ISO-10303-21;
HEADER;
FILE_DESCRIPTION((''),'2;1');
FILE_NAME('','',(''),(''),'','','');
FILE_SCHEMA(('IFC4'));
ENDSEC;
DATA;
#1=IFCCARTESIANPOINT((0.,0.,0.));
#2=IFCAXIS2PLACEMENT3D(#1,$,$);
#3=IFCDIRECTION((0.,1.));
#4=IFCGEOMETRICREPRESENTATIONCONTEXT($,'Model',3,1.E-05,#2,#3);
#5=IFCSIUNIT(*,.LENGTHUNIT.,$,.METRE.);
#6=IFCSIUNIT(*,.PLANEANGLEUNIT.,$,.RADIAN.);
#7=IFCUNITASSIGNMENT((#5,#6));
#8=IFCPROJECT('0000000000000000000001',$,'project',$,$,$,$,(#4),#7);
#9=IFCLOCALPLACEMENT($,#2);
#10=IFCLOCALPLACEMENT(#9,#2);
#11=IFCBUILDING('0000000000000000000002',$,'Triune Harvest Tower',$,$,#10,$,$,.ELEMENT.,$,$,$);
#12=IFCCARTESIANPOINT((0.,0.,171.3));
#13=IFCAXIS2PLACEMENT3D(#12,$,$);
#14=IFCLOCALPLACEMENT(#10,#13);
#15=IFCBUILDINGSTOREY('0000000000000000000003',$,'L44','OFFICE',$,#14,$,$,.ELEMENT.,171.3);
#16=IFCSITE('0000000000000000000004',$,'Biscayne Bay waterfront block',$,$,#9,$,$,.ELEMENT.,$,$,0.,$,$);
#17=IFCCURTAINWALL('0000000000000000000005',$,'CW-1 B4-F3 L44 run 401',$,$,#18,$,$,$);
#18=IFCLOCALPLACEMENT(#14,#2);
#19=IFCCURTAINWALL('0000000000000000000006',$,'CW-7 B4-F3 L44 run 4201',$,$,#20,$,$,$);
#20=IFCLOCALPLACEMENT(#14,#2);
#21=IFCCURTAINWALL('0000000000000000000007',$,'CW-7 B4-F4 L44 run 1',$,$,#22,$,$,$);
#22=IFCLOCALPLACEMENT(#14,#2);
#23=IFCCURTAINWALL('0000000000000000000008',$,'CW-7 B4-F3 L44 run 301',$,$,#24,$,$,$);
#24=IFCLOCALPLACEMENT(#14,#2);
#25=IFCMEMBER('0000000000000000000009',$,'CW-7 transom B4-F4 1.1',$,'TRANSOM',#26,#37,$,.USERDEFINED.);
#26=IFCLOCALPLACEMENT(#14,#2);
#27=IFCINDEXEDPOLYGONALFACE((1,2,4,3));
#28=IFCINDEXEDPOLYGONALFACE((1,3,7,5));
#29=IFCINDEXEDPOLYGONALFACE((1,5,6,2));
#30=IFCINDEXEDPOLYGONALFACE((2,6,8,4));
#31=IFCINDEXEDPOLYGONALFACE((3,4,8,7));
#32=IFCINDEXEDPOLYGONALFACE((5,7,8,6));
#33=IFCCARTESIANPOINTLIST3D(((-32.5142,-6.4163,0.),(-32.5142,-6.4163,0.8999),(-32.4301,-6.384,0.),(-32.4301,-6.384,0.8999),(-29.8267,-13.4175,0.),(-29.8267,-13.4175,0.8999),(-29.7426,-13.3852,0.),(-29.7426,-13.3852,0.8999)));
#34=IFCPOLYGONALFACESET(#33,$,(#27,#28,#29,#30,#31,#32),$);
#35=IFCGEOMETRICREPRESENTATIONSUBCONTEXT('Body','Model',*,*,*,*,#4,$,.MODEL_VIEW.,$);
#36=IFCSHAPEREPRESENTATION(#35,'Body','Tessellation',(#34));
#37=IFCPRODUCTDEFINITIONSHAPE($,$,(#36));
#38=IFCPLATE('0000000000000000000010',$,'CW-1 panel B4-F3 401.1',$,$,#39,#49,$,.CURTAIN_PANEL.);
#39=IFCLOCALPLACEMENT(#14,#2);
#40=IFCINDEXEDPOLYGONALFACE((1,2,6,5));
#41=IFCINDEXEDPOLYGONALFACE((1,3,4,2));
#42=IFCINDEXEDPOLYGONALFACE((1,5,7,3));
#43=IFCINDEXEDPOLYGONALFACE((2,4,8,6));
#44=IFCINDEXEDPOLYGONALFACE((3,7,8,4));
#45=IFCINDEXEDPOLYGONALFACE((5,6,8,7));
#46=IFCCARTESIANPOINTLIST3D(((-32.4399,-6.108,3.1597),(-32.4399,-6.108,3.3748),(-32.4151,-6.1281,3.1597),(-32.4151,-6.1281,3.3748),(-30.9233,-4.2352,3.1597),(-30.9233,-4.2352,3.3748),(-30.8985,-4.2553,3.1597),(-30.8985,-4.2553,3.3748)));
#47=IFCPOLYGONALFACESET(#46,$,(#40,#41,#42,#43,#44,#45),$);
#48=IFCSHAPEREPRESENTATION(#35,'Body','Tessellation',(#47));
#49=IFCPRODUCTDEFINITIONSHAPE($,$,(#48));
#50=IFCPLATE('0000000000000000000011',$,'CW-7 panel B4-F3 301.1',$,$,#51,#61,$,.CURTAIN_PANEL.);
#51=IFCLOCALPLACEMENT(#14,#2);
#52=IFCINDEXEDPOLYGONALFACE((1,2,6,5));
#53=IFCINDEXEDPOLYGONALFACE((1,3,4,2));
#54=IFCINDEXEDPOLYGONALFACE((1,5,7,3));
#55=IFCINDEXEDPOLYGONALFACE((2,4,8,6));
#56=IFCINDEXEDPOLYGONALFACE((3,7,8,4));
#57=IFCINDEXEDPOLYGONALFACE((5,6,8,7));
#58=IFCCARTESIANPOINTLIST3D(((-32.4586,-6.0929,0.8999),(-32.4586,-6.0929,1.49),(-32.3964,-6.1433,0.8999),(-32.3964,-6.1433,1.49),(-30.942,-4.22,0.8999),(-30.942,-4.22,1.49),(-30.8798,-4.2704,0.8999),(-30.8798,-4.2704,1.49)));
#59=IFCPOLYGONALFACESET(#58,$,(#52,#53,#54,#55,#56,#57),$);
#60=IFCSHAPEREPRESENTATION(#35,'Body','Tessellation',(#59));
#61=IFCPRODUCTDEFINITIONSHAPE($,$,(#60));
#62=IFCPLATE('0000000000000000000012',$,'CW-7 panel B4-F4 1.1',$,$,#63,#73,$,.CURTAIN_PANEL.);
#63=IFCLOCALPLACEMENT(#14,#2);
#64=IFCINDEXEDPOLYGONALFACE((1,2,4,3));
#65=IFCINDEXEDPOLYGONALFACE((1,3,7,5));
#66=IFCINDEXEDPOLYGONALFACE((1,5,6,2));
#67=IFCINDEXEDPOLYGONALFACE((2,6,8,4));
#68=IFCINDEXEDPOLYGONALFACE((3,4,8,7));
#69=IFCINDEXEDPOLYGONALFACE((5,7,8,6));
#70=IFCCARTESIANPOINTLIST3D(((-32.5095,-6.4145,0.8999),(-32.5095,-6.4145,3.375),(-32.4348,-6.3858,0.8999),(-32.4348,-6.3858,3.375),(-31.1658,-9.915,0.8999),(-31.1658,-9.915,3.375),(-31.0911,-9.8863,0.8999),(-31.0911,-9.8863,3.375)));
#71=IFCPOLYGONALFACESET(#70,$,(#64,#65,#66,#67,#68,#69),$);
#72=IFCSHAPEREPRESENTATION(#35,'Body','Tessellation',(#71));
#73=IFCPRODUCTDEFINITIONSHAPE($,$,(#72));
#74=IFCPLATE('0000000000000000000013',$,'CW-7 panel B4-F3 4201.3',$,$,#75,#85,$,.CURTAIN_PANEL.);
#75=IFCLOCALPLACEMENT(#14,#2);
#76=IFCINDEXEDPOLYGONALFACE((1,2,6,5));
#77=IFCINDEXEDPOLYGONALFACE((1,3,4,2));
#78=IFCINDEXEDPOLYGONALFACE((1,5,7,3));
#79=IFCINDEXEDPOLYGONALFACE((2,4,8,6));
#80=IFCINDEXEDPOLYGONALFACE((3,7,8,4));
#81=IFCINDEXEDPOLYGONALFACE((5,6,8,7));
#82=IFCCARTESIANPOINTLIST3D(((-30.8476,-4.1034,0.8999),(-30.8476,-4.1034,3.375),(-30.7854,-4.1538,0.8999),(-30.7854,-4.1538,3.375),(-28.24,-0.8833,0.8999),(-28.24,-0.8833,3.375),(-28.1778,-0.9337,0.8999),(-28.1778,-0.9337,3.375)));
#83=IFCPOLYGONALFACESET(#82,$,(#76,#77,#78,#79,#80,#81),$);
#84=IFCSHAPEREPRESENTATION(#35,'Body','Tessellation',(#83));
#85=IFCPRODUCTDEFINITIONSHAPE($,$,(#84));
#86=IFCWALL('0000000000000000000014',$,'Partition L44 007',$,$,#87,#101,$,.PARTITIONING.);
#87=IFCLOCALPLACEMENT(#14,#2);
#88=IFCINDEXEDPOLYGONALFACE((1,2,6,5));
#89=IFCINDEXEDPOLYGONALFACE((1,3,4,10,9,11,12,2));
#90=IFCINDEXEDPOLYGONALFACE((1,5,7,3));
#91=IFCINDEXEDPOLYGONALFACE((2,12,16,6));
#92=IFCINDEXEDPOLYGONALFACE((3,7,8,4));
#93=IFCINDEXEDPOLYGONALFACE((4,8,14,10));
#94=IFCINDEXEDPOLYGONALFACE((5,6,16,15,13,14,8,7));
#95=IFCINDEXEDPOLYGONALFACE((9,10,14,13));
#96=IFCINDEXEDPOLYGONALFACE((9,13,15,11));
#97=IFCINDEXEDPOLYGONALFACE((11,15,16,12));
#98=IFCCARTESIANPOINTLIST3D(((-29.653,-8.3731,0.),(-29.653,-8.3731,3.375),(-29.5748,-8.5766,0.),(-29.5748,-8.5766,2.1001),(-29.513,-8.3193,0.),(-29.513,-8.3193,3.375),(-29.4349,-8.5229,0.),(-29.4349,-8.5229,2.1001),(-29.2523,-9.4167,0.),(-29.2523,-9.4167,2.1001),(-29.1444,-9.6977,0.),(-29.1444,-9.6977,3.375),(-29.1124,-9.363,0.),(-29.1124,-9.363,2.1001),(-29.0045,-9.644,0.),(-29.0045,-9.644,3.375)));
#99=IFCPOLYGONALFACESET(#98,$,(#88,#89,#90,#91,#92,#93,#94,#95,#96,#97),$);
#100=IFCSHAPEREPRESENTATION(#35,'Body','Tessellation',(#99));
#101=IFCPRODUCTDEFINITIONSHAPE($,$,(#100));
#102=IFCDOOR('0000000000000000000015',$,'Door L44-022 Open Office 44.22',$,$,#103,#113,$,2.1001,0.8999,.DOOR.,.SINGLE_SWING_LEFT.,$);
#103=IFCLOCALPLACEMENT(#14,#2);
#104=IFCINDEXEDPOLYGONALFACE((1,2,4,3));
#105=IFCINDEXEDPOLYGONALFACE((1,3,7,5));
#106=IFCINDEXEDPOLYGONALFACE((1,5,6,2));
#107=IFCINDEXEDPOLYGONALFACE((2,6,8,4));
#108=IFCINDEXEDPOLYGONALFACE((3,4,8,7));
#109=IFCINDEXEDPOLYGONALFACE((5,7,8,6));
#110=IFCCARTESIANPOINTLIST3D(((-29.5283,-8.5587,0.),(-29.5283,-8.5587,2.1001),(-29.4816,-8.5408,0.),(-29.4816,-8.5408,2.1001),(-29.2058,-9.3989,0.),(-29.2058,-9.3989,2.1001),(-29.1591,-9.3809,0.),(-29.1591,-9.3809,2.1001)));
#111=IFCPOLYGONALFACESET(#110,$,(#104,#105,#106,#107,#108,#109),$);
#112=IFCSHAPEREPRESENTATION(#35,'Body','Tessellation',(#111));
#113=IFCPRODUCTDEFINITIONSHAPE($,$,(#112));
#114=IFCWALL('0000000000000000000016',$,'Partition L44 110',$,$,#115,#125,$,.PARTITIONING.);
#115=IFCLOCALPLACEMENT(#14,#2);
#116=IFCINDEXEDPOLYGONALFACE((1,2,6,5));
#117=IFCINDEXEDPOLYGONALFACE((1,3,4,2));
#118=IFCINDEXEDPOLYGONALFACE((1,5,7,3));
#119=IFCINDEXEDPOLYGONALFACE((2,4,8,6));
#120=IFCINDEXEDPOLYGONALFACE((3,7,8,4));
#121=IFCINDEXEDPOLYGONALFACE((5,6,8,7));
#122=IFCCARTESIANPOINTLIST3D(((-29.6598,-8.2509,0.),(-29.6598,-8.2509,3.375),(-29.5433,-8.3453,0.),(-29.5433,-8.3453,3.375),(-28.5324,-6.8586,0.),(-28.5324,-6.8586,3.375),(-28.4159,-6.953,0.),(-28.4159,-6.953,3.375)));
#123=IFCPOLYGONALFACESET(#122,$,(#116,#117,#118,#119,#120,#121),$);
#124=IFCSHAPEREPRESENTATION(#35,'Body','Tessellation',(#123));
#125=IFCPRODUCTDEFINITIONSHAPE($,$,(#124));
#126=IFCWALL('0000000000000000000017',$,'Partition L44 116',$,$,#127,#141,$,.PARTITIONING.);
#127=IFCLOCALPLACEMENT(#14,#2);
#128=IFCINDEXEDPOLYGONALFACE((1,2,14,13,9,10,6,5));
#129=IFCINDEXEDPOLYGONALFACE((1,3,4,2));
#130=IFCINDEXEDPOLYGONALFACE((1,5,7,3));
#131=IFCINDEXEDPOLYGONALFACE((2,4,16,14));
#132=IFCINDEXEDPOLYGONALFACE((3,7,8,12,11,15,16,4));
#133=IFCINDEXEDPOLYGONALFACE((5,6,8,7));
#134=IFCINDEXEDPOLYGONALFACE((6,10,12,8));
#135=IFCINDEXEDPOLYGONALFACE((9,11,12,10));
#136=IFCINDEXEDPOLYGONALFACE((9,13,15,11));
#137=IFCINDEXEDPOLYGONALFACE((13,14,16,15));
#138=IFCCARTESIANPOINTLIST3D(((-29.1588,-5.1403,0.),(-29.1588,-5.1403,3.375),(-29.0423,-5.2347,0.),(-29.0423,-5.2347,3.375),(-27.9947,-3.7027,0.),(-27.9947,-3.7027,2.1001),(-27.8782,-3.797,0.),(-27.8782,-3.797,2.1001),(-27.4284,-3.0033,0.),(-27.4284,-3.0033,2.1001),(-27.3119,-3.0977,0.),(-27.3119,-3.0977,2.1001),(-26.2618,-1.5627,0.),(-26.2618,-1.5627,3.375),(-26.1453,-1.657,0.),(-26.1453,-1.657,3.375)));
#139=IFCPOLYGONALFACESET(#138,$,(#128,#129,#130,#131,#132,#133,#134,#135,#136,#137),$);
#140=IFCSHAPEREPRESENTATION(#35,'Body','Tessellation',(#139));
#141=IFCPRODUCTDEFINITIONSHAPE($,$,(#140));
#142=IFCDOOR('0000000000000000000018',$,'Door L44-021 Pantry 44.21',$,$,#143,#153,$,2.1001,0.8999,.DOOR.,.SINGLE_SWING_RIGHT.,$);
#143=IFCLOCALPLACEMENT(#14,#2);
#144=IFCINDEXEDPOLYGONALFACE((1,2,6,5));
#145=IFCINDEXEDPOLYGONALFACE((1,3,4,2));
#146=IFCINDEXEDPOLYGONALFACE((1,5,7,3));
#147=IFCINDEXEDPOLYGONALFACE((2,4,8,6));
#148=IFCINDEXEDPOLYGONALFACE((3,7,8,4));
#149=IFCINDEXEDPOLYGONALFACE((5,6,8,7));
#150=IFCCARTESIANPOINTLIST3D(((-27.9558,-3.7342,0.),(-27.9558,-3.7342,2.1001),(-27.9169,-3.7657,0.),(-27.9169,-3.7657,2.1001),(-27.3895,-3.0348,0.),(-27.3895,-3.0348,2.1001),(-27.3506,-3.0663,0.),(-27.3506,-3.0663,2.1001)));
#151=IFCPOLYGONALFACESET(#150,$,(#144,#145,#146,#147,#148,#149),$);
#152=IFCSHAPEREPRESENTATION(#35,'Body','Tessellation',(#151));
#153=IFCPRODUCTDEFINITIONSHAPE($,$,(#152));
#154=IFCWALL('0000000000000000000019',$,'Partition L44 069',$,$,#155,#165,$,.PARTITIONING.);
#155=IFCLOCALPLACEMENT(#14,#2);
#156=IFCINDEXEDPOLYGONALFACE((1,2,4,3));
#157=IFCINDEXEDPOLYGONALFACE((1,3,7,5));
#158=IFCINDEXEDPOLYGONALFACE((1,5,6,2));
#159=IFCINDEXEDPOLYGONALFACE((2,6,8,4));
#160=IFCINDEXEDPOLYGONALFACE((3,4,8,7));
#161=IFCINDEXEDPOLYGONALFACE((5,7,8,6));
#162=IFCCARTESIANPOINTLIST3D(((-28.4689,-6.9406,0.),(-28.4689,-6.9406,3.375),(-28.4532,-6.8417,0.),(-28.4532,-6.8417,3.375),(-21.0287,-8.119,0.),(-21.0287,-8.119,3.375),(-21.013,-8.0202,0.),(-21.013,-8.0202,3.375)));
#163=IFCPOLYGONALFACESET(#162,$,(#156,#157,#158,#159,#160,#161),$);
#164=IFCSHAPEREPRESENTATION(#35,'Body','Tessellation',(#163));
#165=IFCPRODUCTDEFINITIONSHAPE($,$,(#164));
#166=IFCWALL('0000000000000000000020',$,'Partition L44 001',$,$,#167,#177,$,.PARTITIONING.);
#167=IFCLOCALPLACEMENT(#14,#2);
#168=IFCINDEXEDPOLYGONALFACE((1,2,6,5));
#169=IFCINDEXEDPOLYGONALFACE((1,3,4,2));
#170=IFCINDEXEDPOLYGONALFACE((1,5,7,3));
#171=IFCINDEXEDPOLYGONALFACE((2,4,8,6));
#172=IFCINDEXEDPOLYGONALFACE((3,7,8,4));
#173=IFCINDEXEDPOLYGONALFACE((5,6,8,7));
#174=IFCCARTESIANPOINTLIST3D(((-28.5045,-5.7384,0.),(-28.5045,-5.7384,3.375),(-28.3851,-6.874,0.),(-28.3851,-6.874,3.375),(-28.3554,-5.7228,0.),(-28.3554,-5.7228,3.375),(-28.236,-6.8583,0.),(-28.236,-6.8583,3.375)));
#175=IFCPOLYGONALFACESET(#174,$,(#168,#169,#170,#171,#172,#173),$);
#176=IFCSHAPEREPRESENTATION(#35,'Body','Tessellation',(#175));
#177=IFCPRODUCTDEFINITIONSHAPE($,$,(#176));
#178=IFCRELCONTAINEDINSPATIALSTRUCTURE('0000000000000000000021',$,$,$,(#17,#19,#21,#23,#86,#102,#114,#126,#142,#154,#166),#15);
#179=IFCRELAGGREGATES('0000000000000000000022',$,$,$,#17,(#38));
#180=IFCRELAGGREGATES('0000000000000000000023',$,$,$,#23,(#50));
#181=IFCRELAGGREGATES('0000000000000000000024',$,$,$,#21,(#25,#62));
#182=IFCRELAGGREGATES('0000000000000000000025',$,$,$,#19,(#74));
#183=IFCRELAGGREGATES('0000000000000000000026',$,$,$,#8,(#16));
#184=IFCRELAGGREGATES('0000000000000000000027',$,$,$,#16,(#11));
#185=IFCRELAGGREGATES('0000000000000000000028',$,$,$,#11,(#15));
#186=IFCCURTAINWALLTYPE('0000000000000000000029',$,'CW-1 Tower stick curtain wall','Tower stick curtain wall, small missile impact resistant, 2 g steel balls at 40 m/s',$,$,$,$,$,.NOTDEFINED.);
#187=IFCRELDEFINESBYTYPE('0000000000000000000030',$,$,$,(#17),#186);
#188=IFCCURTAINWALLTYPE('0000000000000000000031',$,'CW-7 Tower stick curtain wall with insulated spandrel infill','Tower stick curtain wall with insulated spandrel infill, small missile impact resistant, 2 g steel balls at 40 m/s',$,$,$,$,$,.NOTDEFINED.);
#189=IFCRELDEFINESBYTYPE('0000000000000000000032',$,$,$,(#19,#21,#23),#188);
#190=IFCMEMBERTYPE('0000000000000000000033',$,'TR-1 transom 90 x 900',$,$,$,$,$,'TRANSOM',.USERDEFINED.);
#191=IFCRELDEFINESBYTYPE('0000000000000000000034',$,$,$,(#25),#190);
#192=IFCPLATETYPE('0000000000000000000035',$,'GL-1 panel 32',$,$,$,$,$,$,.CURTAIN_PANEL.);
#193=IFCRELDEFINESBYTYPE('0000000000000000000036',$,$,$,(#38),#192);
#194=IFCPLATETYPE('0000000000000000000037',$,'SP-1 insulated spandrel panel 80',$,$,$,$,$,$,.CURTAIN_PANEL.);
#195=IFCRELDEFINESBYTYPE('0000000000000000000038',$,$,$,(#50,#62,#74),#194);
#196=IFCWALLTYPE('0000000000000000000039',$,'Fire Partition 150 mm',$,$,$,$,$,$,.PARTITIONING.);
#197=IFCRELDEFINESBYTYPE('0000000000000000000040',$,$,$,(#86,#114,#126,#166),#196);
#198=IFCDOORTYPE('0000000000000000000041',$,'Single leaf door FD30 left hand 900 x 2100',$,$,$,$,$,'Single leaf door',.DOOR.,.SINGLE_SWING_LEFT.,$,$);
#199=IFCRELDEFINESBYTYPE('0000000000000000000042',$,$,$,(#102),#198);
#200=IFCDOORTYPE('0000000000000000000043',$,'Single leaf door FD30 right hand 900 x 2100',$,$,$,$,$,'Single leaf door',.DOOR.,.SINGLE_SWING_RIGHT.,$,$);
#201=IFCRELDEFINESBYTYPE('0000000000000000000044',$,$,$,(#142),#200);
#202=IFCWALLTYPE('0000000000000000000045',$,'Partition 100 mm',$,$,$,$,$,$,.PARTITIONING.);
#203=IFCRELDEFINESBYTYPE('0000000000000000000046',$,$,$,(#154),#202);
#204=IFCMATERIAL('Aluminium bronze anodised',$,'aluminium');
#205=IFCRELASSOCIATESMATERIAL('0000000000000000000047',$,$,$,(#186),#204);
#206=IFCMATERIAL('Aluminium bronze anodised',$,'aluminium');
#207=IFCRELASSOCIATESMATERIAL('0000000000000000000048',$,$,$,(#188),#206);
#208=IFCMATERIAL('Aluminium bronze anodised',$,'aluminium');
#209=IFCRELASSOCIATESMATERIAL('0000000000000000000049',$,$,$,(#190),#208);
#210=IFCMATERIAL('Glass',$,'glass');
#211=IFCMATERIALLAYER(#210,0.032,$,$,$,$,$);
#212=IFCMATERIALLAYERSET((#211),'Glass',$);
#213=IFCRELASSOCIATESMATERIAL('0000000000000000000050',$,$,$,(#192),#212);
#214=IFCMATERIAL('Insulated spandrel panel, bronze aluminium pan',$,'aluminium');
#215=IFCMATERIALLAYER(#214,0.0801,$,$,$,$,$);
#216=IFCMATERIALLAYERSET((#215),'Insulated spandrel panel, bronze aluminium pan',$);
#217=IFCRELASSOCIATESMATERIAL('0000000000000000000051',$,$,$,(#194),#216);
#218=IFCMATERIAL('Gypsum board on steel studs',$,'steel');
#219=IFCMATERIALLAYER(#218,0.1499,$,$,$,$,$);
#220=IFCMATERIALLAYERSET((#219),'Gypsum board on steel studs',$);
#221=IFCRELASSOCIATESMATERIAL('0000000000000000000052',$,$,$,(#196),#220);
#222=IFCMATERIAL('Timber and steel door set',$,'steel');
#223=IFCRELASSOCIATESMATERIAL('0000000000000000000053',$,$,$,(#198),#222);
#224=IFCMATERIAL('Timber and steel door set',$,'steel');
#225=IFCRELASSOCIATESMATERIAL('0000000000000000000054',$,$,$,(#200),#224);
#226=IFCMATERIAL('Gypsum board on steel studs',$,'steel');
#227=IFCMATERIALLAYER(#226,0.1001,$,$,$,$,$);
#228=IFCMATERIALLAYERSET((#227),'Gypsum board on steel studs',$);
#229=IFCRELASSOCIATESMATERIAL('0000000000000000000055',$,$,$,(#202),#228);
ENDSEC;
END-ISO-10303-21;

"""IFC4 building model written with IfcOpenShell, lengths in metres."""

from ifc_helpers import new_model, si_unit, direction, frame, frame_2d, origin, origin_2d, place, context, subcontext, project, spatial, rectangle, extrude, source, transform, mapped, material, layer, layer_set, material_profile, profile_set, type_object, element, fill, aggregate, save


model = new_model("IFC4")

# Units and contexts
model_context = context("Model", 3, precision=1e-05, world=origin(), true_north=direction((0.0, 1.0)))
body_context = subcontext(model_context, "Body", "Model", "MODEL_VIEW")
ifc_project = project(units=[si_unit("LENGTHUNIT", "METRE"), si_unit("PLANEANGLEUNIT", "RADIAN")], contexts=[model_context])

# Site, building, storey
site_placement = place(None, origin())
site = spatial("IfcSite", under=ifc_project, at=site_placement, Name="Biscayne Bay waterfront block", CompositionType="ELEMENT", RefElevation=0.0)
building_placement = place(site_placement, origin())
building = spatial("IfcBuilding", under=site, at=building_placement, Name="Triune Harvest Tower", CompositionType="ELEMENT")
storey_placement = place(building_placement, frame((0.0, 0.0, 171.3)))
storey = spatial("IfcBuildingStorey", under=building, at=storey_placement, Name="L44", Description="OFFICE", CompositionType="ELEMENT", Elevation=171.3)

# Curtain walls
ifc_material_1 = material(Name="Aluminium bronze anodised", Category="aluminium")
curtain_wall_type_1 = type_object("IfcCurtainWallType", Name="CW-1 Tower stick curtain wall", Description="Tower stick curtain wall, small missile impact resistant, 2 g steel balls at 40 m/s", PredefinedType="NOTDEFINED", material=ifc_material_1)
curtain_wall_1_placement = place(storey_placement, origin())
curtain_wall_1 = element("IfcCurtainWall", 1, at=curtain_wall_1_placement, inside=storey, type_object=curtain_wall_type_1, Name="CW-1 B4-F3 L44 run 401")
ifc_material_2 = material(Name="Aluminium bronze anodised", Category="aluminium")
curtain_wall_type_2 = type_object("IfcCurtainWallType", Name="CW-7 Tower stick curtain wall with insulated spandrel infill", Description="Tower stick curtain wall with insulated spandrel infill, small missile impact resistant, 2 g steel balls at 40 m/s", PredefinedType="NOTDEFINED", material=ifc_material_2)
curtain_wall_2_placement = place(storey_placement, origin())
curtain_wall_2 = element("IfcCurtainWall", 2, at=curtain_wall_2_placement, inside=storey, type_object=curtain_wall_type_2, Name="CW-7 B4-F3 L44 run 4201")

# Curtain wall
curtain_wall_3_placement = place(storey_placement, origin())
curtain_wall_3 = element("IfcCurtainWall", 3, at=curtain_wall_3_placement, inside=storey, type_object=curtain_wall_type_2, Name="CW-7 B4-F4 L44 run 1")

# Curtain wall
curtain_wall_4_placement = place(storey_placement, origin())
curtain_wall_4 = element("IfcCurtainWall", 4, at=curtain_wall_4_placement, inside=storey, type_object=curtain_wall_type_2, Name="CW-7 B4-F3 L44 run 301")

# Member
ifc_material_3 = material(Name="Aluminium bronze anodised", Category="aluminium")
ifc_material_profile_1 = material_profile(ifc_material_3, rectangle(XDim=0.0901, YDim=0.8999, at=origin_2d()), Name="TR-1 transom 90 x 900")
ifc_profile_set_1 = profile_set([ifc_material_profile_1], Name="Aluminium bronze anodised")
member_type_1 = type_object("IfcMemberType", Name="TR-1 transom 90 x 900", ElementType="TRANSOM", PredefinedType="USERDEFINED", material=ifc_profile_set_1)
shared_shape_1 = source(origin(), body_context, "Body", "SweptSolid", [
    extrude(rectangle(XDim=0.0901, YDim=0.8999, at=origin_2d()), origin(), (0.0, 0.0, 1.0), 7.4993),
])
member_1_placement = place(storey_placement, frame((-32.4722, -6.4001, 0.45), z_axis=(0.358366, -0.933581, 0.0), x_axis=(0.933581, 0.358366, 0.0)))
member_1 = element("IfcMember", 5, at=member_1_placement, type_object=member_type_1, Name="CW-7 transom B4-F4 1.1", ObjectType="TRANSOM", PredefinedType="USERDEFINED", context=body_context, shape_type="MappedRepresentation", body=[
    mapped(shared_shape_1, transform((0.0, 0.0, 0.0), scale=1.0)),
])

# Plates
ifc_material_4 = material(Name="Glass", Category="glass")
ifc_layer_1 = layer(ifc_material_4, 0.032)
ifc_layer_set_1 = layer_set([ifc_layer_1], Name="Glass")
plate_type_1 = type_object("IfcPlateType", Name="GL-1 panel 32", PredefinedType="CURTAIN_PANEL", material=ifc_layer_set_1)
plate_1_placement = place(storey_placement, frame((-31.6692, -5.1816, 3.1597), z_axis=(0.0, 0.0, 1.0), x_axis=(-0.629324, -0.777143, 0.0)))
plate_1 = element("IfcPlate", 6, at=plate_1_placement, type_object=plate_type_1, Name="CW-1 panel B4-F3 401.1", PredefinedType="CURTAIN_PANEL", context=body_context, shape_type="SweptSolid", body=[
    extrude(rectangle(XDim=2.4099, YDim=0.032, at=origin_2d()), origin(), (0.0, 0.0, 1.0), 0.2151),
])
aggregate(curtain_wall_1, [plate_1])
ifc_material_5 = material(Name="Insulated spandrel panel, bronze aluminium pan", Category="aluminium")
ifc_layer_2 = layer(ifc_material_5, 0.0801)
ifc_layer_set_2 = layer_set([ifc_layer_2], Name="Insulated spandrel panel, bronze aluminium pan")
plate_type_2 = type_object("IfcPlateType", Name="SP-1 insulated spandrel panel 80", PredefinedType="CURTAIN_PANEL", material=ifc_layer_set_2)
plate_2_placement = place(storey_placement, frame((-31.6692, -5.1816, 0.8999), z_axis=(0.0, 0.0, 1.0), x_axis=(-0.629324, -0.777143, 0.0)))
plate_2 = element("IfcPlate", 7, at=plate_2_placement, type_object=plate_type_2, Name="CW-7 panel B4-F3 301.1", PredefinedType="CURTAIN_PANEL", context=body_context, shape_type="SweptSolid", body=[
    extrude(rectangle(XDim=2.4099, YDim=0.0801, at=origin_2d()), origin(), (0.0, 0.0, 1.0), 0.5901),
])
aggregate(curtain_wall_4, [plate_2])
shared_shape_2 = source(origin(), body_context, "Body", "SweptSolid", [
    extrude(rectangle(XDim=3.7495, YDim=0.0801, at=origin_2d()), origin(), (0.0, 0.0, 1.0), 2.4751),
])
plate_3_placement = place(storey_placement, frame((-31.8003, -8.1504, 0.8999), z_axis=(0.0, 0.0, 1.0), x_axis=(0.358362, -0.933583, 0.0)))
plate_3 = element("IfcPlate", 8, at=plate_3_placement, type_object=plate_type_2, Name="CW-7 panel B4-F4 1.1", PredefinedType="CURTAIN_PANEL", context=body_context, shape_type="MappedRepresentation", body=[
    mapped(shared_shape_2, transform((0.0, 0.0, 0.0), scale=1.0)),
])
aggregate(curtain_wall_3, [member_1, plate_3])
shared_shape_3 = source(origin(), body_context, "Body", "SweptSolid", [
    extrude(rectangle(XDim=4.1436, YDim=0.0801, at=origin_2d()), origin(), (0.0, 0.0, 1.0), 2.4751),
])
plate_4_placement = place(storey_placement, frame((-29.5127, -2.5186, 0.8999), z_axis=(0.0, 0.0, 1.0), x_axis=(-0.629319, -0.777147, 0.0)))
plate_4 = element("IfcPlate", 9, at=plate_4_placement, type_object=plate_type_2, Name="CW-7 panel B4-F3 4201.3", PredefinedType="CURTAIN_PANEL", context=body_context, shape_type="MappedRepresentation", body=[
    mapped(shared_shape_3, transform((0.0, 0.0, 0.0), scale=1.0)),
])
aggregate(curtain_wall_2, [plate_4])

# Wall, opening, door
ifc_material_6 = material(Name="Gypsum board on steel studs", Category="steel")
ifc_layer_3 = layer(ifc_material_6, 0.1499)
ifc_layer_set_3 = layer_set([ifc_layer_3], Name="Gypsum board on steel studs")
wall_type_1 = type_object("IfcWallType", Name="Fire Partition 150 mm", PredefinedType="PARTITIONING", material=ifc_layer_set_3)
wall_1_placement = place(storey_placement, frame((-29.583, -8.3462, 0.0), z_axis=(0.0, 0.0, 1.0), x_axis=(0.358391, -0.933572, 0.0)))
wall_1 = element("IfcWall", 10, at=wall_1_placement, inside=storey, type_object=wall_type_1, Name="Partition L44 007", PredefinedType="PARTITIONING", context=body_context, shape_type="SweptSolid", body=[
    extrude(rectangle(XDim=1.4189, YDim=0.1499, at=frame_2d((0.7095, 0.0))), origin(), (0.0, 0.0, 1.0), 3.375),
])
opening_1_placement = place(wall_1_placement, frame((0.218, 0.0, 0.0)))
opening_1 = element("IfcOpeningElement", 11, at=opening_1_placement, cuts=wall_1, PredefinedType="OPENING", context=body_context, shape_type="SweptSolid", body=[
    extrude(rectangle(XDim=0.8999, YDim=2.1001, at=frame_2d((0.45, 1.05))), frame((0.0, 0.085, 0.0), z_axis=(0.0, -1.0, 0.0), x_axis=(1.0, 0.0, 0.0)), (0.0, 0.0, 1.0), 0.1699),
])
ifc_material_7 = material(Name="Timber and steel door set", Category="steel")
door_type_1 = type_object("IfcDoorType", Name="Single leaf door FD30 left hand 900 x 2100", ElementType="Single leaf door", OperationType="SINGLE_SWING_LEFT", PredefinedType="DOOR", material=ifc_material_7)
door_1_placement = place(opening_1_placement, origin())
door_1 = element("IfcDoor", 12, at=door_1_placement, inside=storey, type_object=door_type_1, Name="Door L44-022 Open Office 44.22", OperationType="SINGLE_SWING_LEFT", OverallHeight=2.1001, OverallWidth=0.8999, PredefinedType="DOOR", context=body_context, shape_type="SweptSolid", body=[
    extrude(rectangle(XDim=0.8999, YDim=2.1001, at=frame_2d((0.45, 1.05))), frame((0.0, 0.0249, 0.0), z_axis=(0.0, -1.0, 0.0), x_axis=(1.0, 0.0, 0.0)), (0.0, 0.0, 1.0), 0.05),
])
fill(opening_1, door_1)

# Wall
wall_2_placement = place(storey_placement, frame((-29.6016, -8.2981, 0.0), z_axis=(0.0, 0.0, 1.0), x_axis=(0.629304, 0.777159, 0.0)))
element("IfcWall", 13, at=wall_2_placement, inside=storey, type_object=wall_type_1, Name="Partition L44 110", PredefinedType="PARTITIONING", context=body_context, shape_type="SweptSolid", body=[
    extrude(rectangle(XDim=1.7915, YDim=0.1499, at=frame_2d((0.8958, 0.0))), origin(), (0.0, 0.0, 1.0), 3.375),
])

# Wall, opening, door
wall_3_placement = place(storey_placement, frame((-29.1006, -5.1875, 0.0), z_axis=(0.0, 0.0, 1.0), x_axis=(0.629302, 0.777161, 0.0)))
wall_3 = element("IfcWall", 14, at=wall_3_placement, inside=storey, type_object=wall_type_1, Name="Partition L44 116", PredefinedType="PARTITIONING", context=body_context, shape_type="SweptSolid", body=[
    extrude(rectangle(XDim=4.6035, YDim=0.1499, at=frame_2d((2.3018, 0.0))), origin(), (0.0, 0.0, 1.0), 3.375),
])
opening_2_placement = place(wall_3_placement, frame((1.8499, 0.0, 0.0)))
opening_2 = element("IfcOpeningElement", 15, at=opening_2_placement, cuts=wall_3, PredefinedType="OPENING", context=body_context, shape_type="SweptSolid", body=[
    extrude(rectangle(XDim=0.8999, YDim=2.1001, at=frame_2d((0.45, 1.05))), frame((0.0, 0.085, 0.0), z_axis=(0.0, -1.0, 0.0), x_axis=(1.0, 0.0, 0.0)), (0.0, 0.0, 1.0), 0.1699),
])
ifc_material_8 = material(Name="Timber and steel door set", Category="steel")
door_type_2 = type_object("IfcDoorType", Name="Single leaf door FD30 right hand 900 x 2100", ElementType="Single leaf door", OperationType="SINGLE_SWING_RIGHT", PredefinedType="DOOR", material=ifc_material_8)
door_2_placement = place(opening_2_placement, origin())
door_2 = element("IfcDoor", 16, at=door_2_placement, inside=storey, type_object=door_type_2, Name="Door L44-021 Pantry 44.21", OperationType="SINGLE_SWING_RIGHT", OverallHeight=2.1001, OverallWidth=0.8999, PredefinedType="DOOR", context=body_context, shape_type="SweptSolid", body=[
    extrude(rectangle(XDim=0.8999, YDim=2.1001, at=frame_2d((0.45, 1.05))), frame((0.0, 0.0249, 0.0), z_axis=(0.0, -1.0, 0.0), x_axis=(1.0, 0.0, 0.0)), (0.0, 0.0, 1.0), 0.05),
])
fill(opening_2, door_2)

# Walls
ifc_material_9 = material(Name="Gypsum board on steel studs", Category="steel")
ifc_layer_4 = layer(ifc_material_9, 0.1001)
ifc_layer_set_4 = layer_set([ifc_layer_4], Name="Gypsum board on steel studs")
wall_type_2 = type_object("IfcWallType", Name="Partition 100 mm", PredefinedType="PARTITIONING", material=ifc_layer_set_4)
wall_4_placement = place(storey_placement, frame((-28.4612, -6.8911, 0.0), z_axis=(0.0, 0.0, 1.0), x_axis=(0.987687, -0.156442, 0.0)))
element("IfcWall", 17, at=wall_4_placement, inside=storey, type_object=wall_type_2, Name="Partition L44 069", PredefinedType="PARTITIONING", context=body_context, shape_type="SweptSolid", body=[
    extrude(rectangle(XDim=7.533, YDim=0.1001, at=frame_2d((3.7666, 0.0))), origin(), (0.0, 0.0, 1.0), 3.375),
])
shared_shape_4 = source(origin(), body_context, "Body", "SweptSolid", [
    extrude(rectangle(XDim=1.1418, YDim=0.1499, at=frame_2d((0.5708, 0.0))), origin(), (0.0, 0.0, 1.0), 3.375),
])
wall_5_placement = place(storey_placement, frame((-28.4299, -5.7307, 0.0), z_axis=(0.0, 0.0, 1.0), x_axis=(0.104562, -0.994518, 0.0)))
element("IfcWall", 18, at=wall_5_placement, inside=storey, type_object=wall_type_1, Name="Partition L44 001", PredefinedType="PARTITIONING", context=body_context, shape_type="MappedRepresentation", body=[
    mapped(shared_shape_4, transform((0.0, 0.0, 0.0), scale=1.0)),
])

save(model, "model.ifc")
